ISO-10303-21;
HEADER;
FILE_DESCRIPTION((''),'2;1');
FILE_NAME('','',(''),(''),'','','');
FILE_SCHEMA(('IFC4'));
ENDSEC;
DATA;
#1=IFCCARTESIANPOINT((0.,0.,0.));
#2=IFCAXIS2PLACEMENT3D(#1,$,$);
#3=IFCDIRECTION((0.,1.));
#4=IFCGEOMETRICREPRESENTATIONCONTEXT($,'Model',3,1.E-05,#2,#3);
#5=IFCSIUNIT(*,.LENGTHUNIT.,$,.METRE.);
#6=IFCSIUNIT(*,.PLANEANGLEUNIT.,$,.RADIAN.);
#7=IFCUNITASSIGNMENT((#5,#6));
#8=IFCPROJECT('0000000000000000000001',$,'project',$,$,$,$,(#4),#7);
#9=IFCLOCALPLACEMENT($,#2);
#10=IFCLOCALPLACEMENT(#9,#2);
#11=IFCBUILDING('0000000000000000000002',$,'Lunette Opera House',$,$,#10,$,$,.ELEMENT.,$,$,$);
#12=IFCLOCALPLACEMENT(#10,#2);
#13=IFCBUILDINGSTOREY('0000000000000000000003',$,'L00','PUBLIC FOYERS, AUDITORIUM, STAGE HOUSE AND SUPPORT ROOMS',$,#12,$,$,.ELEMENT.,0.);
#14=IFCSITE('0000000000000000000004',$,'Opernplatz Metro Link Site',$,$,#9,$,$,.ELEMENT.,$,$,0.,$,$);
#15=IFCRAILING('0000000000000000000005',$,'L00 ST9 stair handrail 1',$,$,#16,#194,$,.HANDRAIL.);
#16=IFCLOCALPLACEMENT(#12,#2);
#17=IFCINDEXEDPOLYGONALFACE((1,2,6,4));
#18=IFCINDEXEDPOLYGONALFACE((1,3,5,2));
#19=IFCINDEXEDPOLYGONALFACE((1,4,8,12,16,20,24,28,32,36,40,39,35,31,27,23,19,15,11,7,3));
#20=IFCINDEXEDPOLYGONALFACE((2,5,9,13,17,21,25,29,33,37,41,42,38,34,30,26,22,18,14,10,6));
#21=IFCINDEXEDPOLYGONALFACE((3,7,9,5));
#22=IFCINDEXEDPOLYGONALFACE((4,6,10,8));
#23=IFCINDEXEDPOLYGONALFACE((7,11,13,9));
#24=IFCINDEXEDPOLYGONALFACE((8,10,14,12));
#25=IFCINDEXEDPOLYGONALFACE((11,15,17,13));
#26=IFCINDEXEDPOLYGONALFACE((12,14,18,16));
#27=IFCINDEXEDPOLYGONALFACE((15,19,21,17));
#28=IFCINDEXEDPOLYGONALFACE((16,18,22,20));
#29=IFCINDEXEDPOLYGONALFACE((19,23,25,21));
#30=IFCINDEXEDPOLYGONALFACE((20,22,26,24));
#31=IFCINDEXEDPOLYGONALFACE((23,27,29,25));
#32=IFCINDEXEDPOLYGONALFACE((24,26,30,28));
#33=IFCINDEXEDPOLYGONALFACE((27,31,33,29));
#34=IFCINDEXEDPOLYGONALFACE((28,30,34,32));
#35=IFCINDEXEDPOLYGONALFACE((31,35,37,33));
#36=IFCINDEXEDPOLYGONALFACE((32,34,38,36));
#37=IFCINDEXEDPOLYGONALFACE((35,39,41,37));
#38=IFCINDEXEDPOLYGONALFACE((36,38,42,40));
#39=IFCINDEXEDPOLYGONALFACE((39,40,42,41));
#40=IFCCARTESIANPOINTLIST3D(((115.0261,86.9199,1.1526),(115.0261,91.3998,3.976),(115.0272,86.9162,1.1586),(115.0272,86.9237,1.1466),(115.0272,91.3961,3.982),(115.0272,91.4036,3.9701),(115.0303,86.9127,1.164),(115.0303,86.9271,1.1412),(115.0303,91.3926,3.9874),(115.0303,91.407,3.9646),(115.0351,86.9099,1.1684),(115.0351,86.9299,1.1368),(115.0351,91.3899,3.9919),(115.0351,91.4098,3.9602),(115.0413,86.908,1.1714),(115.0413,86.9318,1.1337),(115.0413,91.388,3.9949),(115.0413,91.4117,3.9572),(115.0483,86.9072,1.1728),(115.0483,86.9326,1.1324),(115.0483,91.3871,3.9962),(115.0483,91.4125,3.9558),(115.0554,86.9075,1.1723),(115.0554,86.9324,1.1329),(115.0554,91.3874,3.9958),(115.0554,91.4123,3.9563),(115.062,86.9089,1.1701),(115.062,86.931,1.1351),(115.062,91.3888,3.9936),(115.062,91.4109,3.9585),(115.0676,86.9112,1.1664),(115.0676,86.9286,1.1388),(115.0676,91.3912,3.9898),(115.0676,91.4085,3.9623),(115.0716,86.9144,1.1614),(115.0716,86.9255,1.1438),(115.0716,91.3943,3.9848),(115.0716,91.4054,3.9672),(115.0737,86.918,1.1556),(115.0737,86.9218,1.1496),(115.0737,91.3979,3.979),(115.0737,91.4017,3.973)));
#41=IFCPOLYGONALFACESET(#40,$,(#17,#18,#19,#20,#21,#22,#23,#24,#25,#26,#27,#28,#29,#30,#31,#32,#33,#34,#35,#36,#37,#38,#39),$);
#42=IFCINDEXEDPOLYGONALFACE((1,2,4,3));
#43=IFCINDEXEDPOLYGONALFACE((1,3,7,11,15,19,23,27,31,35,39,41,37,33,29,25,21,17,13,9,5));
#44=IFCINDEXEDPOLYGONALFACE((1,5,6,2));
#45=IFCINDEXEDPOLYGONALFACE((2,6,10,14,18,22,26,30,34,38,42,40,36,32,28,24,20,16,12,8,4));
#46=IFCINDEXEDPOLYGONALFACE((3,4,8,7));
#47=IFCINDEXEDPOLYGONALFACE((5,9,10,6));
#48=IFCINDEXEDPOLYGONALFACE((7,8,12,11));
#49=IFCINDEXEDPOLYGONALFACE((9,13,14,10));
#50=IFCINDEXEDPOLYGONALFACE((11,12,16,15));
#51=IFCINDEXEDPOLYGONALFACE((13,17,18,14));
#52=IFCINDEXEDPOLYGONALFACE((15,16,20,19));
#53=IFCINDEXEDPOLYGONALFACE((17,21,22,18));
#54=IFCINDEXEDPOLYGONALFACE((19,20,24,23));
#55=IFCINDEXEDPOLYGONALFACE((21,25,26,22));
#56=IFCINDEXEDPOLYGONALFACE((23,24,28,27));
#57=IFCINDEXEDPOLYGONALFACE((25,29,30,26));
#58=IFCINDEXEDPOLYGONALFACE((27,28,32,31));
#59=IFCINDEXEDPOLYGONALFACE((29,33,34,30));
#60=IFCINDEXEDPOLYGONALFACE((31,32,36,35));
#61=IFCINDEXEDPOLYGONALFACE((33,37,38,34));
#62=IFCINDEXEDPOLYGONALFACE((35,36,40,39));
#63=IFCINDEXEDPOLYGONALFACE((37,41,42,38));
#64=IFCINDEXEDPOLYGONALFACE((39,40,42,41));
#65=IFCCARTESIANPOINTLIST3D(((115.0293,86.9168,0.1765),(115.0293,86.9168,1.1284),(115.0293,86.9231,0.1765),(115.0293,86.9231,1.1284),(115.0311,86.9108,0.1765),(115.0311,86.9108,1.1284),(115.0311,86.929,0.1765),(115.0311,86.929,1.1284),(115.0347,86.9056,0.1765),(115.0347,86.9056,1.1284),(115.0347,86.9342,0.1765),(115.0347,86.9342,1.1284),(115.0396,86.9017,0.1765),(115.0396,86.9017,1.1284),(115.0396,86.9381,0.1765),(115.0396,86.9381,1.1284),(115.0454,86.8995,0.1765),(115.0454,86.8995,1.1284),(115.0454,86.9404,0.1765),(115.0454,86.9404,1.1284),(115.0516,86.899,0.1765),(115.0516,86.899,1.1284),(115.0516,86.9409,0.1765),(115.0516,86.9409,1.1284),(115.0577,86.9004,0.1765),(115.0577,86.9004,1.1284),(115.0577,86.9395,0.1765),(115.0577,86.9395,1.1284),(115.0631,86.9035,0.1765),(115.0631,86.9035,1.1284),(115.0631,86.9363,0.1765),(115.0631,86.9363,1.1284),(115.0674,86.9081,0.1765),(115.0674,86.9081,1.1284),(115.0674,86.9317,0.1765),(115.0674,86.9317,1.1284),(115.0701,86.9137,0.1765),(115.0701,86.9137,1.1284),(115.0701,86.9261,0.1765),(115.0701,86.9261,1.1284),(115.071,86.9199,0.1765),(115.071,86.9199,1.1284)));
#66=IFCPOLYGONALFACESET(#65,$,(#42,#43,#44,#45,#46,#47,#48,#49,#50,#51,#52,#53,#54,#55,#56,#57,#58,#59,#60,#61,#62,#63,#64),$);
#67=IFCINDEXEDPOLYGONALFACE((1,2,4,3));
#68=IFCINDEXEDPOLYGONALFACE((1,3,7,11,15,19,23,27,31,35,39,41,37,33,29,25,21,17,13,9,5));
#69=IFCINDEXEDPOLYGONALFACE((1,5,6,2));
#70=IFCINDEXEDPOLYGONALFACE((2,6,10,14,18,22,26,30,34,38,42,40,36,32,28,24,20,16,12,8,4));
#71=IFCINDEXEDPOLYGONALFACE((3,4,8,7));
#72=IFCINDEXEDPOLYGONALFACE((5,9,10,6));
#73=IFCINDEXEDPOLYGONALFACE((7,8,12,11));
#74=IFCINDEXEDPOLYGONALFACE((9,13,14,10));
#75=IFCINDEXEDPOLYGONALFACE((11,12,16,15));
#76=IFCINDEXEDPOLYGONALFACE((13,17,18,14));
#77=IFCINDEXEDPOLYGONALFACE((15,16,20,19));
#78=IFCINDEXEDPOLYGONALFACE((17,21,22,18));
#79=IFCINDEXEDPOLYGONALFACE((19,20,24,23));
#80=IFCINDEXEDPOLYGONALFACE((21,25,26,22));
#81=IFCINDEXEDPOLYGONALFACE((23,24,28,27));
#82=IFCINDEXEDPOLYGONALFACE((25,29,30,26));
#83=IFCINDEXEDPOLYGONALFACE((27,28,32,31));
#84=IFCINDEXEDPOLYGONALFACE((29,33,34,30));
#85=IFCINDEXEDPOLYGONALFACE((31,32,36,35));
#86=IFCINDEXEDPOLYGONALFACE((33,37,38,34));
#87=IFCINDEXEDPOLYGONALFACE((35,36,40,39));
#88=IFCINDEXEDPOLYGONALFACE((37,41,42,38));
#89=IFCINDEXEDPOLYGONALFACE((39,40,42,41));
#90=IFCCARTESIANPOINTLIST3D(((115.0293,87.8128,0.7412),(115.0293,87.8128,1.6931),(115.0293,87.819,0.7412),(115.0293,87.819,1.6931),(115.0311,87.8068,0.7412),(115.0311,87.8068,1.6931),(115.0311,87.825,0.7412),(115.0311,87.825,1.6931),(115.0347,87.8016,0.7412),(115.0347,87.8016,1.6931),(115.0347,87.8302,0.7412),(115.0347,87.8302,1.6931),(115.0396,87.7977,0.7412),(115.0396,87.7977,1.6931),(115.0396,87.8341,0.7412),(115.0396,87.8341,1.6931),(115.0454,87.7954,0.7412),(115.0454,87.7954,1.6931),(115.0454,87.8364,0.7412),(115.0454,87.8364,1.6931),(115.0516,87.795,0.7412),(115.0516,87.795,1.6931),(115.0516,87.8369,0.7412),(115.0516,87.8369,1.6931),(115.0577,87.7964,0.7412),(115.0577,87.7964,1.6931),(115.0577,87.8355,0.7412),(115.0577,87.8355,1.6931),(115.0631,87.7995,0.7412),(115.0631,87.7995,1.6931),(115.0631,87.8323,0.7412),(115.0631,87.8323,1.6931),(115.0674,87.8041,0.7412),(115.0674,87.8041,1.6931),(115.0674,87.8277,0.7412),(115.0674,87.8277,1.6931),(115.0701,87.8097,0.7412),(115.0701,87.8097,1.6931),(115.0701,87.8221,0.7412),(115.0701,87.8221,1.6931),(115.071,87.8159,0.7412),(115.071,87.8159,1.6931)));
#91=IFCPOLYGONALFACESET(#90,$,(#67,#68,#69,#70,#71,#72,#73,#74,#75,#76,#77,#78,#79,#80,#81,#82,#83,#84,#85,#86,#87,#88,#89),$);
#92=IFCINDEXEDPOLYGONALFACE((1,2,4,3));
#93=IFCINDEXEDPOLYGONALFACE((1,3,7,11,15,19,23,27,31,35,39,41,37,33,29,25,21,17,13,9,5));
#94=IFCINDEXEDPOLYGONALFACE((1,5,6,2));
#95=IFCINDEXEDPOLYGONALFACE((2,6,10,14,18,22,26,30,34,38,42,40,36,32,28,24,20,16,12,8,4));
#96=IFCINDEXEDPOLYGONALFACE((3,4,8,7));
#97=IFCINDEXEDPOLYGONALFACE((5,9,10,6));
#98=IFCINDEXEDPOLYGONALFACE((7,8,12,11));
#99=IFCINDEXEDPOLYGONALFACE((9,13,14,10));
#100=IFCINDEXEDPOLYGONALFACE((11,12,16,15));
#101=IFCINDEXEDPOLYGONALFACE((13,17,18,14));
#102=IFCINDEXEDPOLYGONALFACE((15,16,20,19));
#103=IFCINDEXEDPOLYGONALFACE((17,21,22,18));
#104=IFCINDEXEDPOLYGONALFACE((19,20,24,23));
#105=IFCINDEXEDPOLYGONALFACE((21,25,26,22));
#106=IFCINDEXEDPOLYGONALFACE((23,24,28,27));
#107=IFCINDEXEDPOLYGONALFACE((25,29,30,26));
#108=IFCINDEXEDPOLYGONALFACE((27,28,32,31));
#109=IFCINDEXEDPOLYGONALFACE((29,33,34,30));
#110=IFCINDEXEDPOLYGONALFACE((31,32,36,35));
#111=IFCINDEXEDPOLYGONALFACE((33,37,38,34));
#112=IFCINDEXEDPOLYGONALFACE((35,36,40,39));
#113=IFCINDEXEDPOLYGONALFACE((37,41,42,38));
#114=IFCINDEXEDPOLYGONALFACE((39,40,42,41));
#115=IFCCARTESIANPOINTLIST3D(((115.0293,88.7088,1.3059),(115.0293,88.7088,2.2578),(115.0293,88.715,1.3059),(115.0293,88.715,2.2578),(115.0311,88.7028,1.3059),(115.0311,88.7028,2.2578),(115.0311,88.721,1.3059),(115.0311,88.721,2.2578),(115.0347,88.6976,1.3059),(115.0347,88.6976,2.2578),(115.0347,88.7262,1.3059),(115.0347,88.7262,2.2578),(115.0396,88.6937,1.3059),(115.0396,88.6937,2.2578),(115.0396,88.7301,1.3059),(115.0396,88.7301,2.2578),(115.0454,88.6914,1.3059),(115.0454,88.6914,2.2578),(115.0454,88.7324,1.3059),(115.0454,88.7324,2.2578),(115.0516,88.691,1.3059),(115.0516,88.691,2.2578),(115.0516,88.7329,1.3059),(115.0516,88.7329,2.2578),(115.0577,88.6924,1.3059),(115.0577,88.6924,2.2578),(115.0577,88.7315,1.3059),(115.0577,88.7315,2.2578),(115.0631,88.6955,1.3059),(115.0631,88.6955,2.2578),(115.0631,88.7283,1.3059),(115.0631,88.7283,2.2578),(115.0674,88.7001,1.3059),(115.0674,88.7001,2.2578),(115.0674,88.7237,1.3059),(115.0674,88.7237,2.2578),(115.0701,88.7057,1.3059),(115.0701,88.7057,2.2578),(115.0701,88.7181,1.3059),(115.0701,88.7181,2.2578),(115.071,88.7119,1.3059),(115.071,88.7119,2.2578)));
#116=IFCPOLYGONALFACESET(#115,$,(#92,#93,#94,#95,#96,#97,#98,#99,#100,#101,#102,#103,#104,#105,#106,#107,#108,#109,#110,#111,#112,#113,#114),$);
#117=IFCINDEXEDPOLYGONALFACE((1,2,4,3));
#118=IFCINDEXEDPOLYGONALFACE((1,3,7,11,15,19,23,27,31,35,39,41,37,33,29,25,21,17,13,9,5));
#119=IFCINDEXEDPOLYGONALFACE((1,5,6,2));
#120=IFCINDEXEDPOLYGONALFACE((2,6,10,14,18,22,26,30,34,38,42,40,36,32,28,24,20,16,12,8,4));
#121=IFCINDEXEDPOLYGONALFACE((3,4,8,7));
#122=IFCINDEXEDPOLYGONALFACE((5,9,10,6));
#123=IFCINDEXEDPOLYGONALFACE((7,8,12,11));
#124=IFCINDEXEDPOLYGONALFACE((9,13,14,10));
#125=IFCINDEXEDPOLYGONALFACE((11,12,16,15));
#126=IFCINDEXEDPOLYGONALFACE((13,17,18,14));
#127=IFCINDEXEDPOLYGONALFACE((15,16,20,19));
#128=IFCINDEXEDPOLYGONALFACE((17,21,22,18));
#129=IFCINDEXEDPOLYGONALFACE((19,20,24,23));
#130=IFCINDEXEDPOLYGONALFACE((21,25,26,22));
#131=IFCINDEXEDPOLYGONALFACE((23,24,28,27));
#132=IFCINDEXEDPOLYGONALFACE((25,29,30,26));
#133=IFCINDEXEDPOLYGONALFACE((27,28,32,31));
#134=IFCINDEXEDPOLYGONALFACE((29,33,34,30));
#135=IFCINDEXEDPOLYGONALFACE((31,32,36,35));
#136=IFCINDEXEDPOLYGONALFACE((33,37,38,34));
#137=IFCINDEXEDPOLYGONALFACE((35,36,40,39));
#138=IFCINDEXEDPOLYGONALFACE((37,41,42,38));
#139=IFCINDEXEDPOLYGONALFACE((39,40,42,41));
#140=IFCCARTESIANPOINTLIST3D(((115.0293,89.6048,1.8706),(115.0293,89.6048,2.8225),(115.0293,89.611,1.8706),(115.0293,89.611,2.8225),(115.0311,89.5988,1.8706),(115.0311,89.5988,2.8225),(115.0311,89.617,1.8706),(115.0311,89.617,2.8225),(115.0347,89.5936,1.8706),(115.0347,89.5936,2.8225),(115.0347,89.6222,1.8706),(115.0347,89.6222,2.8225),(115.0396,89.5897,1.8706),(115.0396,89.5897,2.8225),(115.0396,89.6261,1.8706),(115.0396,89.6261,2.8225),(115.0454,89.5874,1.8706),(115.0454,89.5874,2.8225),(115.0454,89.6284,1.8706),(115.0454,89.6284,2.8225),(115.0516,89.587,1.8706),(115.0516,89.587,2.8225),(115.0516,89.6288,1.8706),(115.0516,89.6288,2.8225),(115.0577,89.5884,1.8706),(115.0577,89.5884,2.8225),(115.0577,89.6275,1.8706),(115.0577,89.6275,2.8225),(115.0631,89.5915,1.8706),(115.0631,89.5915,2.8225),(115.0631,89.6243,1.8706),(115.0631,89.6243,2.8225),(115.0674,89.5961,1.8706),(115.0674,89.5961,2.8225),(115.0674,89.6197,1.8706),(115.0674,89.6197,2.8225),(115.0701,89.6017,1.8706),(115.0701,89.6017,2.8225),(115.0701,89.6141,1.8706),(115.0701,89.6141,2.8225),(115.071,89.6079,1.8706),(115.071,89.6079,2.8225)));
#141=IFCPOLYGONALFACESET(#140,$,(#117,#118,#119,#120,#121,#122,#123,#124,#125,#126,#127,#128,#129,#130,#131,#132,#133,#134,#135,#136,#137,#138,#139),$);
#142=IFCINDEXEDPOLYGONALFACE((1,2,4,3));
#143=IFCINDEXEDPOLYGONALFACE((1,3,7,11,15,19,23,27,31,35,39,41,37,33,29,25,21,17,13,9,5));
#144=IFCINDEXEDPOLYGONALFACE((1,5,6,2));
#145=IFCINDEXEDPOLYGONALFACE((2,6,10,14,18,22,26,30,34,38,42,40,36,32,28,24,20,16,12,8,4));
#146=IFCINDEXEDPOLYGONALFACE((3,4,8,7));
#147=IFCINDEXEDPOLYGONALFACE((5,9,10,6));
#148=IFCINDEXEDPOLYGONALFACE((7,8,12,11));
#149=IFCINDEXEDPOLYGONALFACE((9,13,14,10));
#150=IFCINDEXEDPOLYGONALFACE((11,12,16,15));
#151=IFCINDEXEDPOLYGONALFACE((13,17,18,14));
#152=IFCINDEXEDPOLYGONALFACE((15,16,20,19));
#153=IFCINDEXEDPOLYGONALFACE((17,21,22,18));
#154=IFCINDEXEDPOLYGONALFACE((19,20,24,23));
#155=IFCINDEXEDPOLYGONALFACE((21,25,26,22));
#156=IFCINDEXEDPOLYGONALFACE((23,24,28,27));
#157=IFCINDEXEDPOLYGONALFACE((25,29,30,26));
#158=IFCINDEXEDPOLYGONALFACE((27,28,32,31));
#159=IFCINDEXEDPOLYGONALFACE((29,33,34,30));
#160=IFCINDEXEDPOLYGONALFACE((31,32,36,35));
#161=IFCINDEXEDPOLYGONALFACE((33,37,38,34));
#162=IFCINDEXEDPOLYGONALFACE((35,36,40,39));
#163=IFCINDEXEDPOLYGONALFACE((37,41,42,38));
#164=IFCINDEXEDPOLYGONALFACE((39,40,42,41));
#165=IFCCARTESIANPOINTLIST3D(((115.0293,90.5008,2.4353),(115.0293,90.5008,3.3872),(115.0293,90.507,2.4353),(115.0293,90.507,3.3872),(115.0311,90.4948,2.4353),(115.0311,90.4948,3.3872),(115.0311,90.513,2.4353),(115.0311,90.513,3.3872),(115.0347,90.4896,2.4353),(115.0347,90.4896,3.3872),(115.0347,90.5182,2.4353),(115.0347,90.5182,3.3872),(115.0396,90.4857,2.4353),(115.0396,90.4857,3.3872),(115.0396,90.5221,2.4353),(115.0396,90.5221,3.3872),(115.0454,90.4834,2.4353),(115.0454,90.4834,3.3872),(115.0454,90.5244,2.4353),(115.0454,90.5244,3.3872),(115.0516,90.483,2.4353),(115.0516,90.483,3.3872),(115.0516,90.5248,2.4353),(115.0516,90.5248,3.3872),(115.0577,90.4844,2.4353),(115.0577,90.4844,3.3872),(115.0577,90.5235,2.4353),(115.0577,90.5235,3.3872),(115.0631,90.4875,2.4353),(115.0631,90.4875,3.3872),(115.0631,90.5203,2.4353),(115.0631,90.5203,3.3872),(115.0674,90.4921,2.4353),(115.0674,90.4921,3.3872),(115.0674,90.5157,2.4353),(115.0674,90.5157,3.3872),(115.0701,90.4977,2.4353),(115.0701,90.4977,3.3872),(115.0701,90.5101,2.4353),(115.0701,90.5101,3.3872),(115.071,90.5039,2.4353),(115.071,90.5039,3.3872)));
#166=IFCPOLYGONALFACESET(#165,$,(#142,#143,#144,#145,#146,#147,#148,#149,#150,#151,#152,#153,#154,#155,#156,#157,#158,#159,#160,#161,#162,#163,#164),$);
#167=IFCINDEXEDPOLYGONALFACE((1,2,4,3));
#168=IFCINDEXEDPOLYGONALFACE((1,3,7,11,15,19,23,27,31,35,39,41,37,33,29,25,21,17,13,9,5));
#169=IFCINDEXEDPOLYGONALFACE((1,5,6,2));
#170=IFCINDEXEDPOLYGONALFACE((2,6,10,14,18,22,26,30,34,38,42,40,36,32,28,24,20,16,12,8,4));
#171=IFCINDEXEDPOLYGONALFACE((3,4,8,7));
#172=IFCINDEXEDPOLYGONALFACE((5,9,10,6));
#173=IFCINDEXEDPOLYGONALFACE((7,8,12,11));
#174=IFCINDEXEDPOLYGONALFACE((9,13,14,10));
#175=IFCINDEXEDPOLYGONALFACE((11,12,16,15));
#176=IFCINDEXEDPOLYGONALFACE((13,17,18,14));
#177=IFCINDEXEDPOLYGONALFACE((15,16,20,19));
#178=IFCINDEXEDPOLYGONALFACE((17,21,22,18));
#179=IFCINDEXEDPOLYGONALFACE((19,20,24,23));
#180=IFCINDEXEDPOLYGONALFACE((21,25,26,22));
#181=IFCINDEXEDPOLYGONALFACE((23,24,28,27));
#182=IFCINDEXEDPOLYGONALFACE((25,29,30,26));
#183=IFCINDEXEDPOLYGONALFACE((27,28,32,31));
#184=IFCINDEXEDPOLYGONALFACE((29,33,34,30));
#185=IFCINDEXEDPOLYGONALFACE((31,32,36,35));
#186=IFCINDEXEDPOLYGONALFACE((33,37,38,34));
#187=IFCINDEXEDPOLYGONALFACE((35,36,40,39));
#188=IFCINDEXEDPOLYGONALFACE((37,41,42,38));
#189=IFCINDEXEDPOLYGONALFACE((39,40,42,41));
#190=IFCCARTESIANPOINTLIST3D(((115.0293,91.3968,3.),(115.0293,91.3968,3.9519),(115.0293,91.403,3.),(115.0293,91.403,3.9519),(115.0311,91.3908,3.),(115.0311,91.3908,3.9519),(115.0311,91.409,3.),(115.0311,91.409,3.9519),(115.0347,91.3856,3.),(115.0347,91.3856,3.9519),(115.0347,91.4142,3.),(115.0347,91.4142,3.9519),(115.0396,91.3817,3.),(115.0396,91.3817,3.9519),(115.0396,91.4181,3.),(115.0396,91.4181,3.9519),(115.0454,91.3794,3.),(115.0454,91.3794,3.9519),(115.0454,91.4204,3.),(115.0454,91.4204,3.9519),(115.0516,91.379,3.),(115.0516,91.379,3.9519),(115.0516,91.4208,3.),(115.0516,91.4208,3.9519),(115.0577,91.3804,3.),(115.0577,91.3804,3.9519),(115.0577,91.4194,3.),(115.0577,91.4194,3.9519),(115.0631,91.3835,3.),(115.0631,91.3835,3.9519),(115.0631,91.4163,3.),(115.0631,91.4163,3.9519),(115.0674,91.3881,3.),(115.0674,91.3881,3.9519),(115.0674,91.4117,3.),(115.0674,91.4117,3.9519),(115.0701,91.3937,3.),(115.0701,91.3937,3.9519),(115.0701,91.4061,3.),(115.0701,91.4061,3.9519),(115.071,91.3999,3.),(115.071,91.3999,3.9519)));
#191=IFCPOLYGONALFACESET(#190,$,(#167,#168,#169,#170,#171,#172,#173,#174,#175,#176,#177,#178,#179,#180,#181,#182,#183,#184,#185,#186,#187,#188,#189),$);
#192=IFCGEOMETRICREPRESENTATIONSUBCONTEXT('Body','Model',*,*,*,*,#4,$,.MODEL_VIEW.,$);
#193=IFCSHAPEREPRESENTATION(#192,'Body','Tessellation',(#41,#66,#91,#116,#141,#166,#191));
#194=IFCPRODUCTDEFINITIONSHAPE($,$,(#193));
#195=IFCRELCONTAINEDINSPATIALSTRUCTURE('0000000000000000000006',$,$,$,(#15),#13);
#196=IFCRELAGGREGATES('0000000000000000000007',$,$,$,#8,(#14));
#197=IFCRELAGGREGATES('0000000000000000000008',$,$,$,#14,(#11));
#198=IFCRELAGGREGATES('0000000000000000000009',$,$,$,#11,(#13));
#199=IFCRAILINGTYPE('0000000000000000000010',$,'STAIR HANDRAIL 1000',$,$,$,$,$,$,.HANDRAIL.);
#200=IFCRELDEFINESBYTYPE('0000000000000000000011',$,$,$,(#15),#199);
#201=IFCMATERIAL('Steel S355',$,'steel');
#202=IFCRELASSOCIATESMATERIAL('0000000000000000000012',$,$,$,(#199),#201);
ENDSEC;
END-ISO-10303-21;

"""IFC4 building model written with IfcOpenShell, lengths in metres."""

from ifc_helpers import new_model, si_unit, direction, frame, origin, origin_2d, place, context, subcontext, project, spatial, circle, extrude, material, type_object, element, save


model = new_model("IFC4")

# Units and contexts
model_context = context("Model", 3, precision=1e-05, world=origin(), true_north=direction((0.0, 1.0)))
body_context = subcontext(model_context, "Body", "Model", "MODEL_VIEW")
ifc_project = project(units=[si_unit("LENGTHUNIT", "METRE"), si_unit("PLANEANGLEUNIT", "RADIAN")], contexts=[model_context])

# Site, building, storey
site_placement = place(None, origin())
site = spatial("IfcSite", under=ifc_project, at=site_placement, Name="Opernplatz Metro Link Site", CompositionType="ELEMENT", RefElevation=0.0)
building_placement = place(site_placement, origin())
building = spatial("IfcBuilding", under=site, at=building_placement, Name="Lunette Opera House", CompositionType="ELEMENT")
storey_placement = place(building_placement, origin())
storey = spatial("IfcBuildingStorey", under=building, at=storey_placement, Name="L00", Description="PUBLIC FOYERS, AUDITORIUM, STAGE HOUSE AND SUPPORT ROOMS", CompositionType="ELEMENT", Elevation=0.0)

# Railing
ifc_material_1 = material(Name="Steel S355", Category="steel")
railing_type_1 = type_object("IfcRailingType", Name="STAIR HANDRAIL 1000", PredefinedType="HANDRAIL", material=ifc_material_1)
railing_1_placement = place(storey_placement, frame((115.05, 86.9199, 0.1765)))
element("IfcRailing", 1, at=railing_1_placement, inside=storey, type_object=railing_type_1, Name="L00 ST9 stair handrail 1", PredefinedType="HANDRAIL", context=body_context, shape_type="SweptSolid", body=[
    extrude(circle(Radius=0.0239, at=origin_2d()), frame((0.0, 0.0, 0.9761), z_axis=(0.0, 0.845998, 0.533186), x_axis=(-1.0, 0.0, 0.0)), (0.0, 0.0, 1.0), 5.2954),
    extrude(circle(Radius=0.021, at=origin_2d()), origin(), (0.0, 0.0, 1.0), 0.9519),
    extrude(circle(Radius=0.021, at=origin_2d()), frame((0.0, 0.896, 0.5647)), (0.0, 0.0, 1.0), 0.9519),
    extrude(circle(Radius=0.021, at=origin_2d()), frame((0.0, 1.792, 1.1294)), (0.0, 0.0, 1.0), 0.9519),
    extrude(circle(Radius=0.021, at=origin_2d()), frame((0.0, 2.688, 1.6941)), (0.0, 0.0, 1.0), 0.9519),
    extrude(circle(Radius=0.021, at=origin_2d()), frame((0.0, 3.584, 2.2588)), (0.0, 0.0, 1.0), 0.9519),
    extrude(circle(Radius=0.021, at=origin_2d()), frame((0.0, 4.48, 2.8235)), (0.0, 0.0, 1.0), 0.9519),
])

save(model, "model.ifc")
